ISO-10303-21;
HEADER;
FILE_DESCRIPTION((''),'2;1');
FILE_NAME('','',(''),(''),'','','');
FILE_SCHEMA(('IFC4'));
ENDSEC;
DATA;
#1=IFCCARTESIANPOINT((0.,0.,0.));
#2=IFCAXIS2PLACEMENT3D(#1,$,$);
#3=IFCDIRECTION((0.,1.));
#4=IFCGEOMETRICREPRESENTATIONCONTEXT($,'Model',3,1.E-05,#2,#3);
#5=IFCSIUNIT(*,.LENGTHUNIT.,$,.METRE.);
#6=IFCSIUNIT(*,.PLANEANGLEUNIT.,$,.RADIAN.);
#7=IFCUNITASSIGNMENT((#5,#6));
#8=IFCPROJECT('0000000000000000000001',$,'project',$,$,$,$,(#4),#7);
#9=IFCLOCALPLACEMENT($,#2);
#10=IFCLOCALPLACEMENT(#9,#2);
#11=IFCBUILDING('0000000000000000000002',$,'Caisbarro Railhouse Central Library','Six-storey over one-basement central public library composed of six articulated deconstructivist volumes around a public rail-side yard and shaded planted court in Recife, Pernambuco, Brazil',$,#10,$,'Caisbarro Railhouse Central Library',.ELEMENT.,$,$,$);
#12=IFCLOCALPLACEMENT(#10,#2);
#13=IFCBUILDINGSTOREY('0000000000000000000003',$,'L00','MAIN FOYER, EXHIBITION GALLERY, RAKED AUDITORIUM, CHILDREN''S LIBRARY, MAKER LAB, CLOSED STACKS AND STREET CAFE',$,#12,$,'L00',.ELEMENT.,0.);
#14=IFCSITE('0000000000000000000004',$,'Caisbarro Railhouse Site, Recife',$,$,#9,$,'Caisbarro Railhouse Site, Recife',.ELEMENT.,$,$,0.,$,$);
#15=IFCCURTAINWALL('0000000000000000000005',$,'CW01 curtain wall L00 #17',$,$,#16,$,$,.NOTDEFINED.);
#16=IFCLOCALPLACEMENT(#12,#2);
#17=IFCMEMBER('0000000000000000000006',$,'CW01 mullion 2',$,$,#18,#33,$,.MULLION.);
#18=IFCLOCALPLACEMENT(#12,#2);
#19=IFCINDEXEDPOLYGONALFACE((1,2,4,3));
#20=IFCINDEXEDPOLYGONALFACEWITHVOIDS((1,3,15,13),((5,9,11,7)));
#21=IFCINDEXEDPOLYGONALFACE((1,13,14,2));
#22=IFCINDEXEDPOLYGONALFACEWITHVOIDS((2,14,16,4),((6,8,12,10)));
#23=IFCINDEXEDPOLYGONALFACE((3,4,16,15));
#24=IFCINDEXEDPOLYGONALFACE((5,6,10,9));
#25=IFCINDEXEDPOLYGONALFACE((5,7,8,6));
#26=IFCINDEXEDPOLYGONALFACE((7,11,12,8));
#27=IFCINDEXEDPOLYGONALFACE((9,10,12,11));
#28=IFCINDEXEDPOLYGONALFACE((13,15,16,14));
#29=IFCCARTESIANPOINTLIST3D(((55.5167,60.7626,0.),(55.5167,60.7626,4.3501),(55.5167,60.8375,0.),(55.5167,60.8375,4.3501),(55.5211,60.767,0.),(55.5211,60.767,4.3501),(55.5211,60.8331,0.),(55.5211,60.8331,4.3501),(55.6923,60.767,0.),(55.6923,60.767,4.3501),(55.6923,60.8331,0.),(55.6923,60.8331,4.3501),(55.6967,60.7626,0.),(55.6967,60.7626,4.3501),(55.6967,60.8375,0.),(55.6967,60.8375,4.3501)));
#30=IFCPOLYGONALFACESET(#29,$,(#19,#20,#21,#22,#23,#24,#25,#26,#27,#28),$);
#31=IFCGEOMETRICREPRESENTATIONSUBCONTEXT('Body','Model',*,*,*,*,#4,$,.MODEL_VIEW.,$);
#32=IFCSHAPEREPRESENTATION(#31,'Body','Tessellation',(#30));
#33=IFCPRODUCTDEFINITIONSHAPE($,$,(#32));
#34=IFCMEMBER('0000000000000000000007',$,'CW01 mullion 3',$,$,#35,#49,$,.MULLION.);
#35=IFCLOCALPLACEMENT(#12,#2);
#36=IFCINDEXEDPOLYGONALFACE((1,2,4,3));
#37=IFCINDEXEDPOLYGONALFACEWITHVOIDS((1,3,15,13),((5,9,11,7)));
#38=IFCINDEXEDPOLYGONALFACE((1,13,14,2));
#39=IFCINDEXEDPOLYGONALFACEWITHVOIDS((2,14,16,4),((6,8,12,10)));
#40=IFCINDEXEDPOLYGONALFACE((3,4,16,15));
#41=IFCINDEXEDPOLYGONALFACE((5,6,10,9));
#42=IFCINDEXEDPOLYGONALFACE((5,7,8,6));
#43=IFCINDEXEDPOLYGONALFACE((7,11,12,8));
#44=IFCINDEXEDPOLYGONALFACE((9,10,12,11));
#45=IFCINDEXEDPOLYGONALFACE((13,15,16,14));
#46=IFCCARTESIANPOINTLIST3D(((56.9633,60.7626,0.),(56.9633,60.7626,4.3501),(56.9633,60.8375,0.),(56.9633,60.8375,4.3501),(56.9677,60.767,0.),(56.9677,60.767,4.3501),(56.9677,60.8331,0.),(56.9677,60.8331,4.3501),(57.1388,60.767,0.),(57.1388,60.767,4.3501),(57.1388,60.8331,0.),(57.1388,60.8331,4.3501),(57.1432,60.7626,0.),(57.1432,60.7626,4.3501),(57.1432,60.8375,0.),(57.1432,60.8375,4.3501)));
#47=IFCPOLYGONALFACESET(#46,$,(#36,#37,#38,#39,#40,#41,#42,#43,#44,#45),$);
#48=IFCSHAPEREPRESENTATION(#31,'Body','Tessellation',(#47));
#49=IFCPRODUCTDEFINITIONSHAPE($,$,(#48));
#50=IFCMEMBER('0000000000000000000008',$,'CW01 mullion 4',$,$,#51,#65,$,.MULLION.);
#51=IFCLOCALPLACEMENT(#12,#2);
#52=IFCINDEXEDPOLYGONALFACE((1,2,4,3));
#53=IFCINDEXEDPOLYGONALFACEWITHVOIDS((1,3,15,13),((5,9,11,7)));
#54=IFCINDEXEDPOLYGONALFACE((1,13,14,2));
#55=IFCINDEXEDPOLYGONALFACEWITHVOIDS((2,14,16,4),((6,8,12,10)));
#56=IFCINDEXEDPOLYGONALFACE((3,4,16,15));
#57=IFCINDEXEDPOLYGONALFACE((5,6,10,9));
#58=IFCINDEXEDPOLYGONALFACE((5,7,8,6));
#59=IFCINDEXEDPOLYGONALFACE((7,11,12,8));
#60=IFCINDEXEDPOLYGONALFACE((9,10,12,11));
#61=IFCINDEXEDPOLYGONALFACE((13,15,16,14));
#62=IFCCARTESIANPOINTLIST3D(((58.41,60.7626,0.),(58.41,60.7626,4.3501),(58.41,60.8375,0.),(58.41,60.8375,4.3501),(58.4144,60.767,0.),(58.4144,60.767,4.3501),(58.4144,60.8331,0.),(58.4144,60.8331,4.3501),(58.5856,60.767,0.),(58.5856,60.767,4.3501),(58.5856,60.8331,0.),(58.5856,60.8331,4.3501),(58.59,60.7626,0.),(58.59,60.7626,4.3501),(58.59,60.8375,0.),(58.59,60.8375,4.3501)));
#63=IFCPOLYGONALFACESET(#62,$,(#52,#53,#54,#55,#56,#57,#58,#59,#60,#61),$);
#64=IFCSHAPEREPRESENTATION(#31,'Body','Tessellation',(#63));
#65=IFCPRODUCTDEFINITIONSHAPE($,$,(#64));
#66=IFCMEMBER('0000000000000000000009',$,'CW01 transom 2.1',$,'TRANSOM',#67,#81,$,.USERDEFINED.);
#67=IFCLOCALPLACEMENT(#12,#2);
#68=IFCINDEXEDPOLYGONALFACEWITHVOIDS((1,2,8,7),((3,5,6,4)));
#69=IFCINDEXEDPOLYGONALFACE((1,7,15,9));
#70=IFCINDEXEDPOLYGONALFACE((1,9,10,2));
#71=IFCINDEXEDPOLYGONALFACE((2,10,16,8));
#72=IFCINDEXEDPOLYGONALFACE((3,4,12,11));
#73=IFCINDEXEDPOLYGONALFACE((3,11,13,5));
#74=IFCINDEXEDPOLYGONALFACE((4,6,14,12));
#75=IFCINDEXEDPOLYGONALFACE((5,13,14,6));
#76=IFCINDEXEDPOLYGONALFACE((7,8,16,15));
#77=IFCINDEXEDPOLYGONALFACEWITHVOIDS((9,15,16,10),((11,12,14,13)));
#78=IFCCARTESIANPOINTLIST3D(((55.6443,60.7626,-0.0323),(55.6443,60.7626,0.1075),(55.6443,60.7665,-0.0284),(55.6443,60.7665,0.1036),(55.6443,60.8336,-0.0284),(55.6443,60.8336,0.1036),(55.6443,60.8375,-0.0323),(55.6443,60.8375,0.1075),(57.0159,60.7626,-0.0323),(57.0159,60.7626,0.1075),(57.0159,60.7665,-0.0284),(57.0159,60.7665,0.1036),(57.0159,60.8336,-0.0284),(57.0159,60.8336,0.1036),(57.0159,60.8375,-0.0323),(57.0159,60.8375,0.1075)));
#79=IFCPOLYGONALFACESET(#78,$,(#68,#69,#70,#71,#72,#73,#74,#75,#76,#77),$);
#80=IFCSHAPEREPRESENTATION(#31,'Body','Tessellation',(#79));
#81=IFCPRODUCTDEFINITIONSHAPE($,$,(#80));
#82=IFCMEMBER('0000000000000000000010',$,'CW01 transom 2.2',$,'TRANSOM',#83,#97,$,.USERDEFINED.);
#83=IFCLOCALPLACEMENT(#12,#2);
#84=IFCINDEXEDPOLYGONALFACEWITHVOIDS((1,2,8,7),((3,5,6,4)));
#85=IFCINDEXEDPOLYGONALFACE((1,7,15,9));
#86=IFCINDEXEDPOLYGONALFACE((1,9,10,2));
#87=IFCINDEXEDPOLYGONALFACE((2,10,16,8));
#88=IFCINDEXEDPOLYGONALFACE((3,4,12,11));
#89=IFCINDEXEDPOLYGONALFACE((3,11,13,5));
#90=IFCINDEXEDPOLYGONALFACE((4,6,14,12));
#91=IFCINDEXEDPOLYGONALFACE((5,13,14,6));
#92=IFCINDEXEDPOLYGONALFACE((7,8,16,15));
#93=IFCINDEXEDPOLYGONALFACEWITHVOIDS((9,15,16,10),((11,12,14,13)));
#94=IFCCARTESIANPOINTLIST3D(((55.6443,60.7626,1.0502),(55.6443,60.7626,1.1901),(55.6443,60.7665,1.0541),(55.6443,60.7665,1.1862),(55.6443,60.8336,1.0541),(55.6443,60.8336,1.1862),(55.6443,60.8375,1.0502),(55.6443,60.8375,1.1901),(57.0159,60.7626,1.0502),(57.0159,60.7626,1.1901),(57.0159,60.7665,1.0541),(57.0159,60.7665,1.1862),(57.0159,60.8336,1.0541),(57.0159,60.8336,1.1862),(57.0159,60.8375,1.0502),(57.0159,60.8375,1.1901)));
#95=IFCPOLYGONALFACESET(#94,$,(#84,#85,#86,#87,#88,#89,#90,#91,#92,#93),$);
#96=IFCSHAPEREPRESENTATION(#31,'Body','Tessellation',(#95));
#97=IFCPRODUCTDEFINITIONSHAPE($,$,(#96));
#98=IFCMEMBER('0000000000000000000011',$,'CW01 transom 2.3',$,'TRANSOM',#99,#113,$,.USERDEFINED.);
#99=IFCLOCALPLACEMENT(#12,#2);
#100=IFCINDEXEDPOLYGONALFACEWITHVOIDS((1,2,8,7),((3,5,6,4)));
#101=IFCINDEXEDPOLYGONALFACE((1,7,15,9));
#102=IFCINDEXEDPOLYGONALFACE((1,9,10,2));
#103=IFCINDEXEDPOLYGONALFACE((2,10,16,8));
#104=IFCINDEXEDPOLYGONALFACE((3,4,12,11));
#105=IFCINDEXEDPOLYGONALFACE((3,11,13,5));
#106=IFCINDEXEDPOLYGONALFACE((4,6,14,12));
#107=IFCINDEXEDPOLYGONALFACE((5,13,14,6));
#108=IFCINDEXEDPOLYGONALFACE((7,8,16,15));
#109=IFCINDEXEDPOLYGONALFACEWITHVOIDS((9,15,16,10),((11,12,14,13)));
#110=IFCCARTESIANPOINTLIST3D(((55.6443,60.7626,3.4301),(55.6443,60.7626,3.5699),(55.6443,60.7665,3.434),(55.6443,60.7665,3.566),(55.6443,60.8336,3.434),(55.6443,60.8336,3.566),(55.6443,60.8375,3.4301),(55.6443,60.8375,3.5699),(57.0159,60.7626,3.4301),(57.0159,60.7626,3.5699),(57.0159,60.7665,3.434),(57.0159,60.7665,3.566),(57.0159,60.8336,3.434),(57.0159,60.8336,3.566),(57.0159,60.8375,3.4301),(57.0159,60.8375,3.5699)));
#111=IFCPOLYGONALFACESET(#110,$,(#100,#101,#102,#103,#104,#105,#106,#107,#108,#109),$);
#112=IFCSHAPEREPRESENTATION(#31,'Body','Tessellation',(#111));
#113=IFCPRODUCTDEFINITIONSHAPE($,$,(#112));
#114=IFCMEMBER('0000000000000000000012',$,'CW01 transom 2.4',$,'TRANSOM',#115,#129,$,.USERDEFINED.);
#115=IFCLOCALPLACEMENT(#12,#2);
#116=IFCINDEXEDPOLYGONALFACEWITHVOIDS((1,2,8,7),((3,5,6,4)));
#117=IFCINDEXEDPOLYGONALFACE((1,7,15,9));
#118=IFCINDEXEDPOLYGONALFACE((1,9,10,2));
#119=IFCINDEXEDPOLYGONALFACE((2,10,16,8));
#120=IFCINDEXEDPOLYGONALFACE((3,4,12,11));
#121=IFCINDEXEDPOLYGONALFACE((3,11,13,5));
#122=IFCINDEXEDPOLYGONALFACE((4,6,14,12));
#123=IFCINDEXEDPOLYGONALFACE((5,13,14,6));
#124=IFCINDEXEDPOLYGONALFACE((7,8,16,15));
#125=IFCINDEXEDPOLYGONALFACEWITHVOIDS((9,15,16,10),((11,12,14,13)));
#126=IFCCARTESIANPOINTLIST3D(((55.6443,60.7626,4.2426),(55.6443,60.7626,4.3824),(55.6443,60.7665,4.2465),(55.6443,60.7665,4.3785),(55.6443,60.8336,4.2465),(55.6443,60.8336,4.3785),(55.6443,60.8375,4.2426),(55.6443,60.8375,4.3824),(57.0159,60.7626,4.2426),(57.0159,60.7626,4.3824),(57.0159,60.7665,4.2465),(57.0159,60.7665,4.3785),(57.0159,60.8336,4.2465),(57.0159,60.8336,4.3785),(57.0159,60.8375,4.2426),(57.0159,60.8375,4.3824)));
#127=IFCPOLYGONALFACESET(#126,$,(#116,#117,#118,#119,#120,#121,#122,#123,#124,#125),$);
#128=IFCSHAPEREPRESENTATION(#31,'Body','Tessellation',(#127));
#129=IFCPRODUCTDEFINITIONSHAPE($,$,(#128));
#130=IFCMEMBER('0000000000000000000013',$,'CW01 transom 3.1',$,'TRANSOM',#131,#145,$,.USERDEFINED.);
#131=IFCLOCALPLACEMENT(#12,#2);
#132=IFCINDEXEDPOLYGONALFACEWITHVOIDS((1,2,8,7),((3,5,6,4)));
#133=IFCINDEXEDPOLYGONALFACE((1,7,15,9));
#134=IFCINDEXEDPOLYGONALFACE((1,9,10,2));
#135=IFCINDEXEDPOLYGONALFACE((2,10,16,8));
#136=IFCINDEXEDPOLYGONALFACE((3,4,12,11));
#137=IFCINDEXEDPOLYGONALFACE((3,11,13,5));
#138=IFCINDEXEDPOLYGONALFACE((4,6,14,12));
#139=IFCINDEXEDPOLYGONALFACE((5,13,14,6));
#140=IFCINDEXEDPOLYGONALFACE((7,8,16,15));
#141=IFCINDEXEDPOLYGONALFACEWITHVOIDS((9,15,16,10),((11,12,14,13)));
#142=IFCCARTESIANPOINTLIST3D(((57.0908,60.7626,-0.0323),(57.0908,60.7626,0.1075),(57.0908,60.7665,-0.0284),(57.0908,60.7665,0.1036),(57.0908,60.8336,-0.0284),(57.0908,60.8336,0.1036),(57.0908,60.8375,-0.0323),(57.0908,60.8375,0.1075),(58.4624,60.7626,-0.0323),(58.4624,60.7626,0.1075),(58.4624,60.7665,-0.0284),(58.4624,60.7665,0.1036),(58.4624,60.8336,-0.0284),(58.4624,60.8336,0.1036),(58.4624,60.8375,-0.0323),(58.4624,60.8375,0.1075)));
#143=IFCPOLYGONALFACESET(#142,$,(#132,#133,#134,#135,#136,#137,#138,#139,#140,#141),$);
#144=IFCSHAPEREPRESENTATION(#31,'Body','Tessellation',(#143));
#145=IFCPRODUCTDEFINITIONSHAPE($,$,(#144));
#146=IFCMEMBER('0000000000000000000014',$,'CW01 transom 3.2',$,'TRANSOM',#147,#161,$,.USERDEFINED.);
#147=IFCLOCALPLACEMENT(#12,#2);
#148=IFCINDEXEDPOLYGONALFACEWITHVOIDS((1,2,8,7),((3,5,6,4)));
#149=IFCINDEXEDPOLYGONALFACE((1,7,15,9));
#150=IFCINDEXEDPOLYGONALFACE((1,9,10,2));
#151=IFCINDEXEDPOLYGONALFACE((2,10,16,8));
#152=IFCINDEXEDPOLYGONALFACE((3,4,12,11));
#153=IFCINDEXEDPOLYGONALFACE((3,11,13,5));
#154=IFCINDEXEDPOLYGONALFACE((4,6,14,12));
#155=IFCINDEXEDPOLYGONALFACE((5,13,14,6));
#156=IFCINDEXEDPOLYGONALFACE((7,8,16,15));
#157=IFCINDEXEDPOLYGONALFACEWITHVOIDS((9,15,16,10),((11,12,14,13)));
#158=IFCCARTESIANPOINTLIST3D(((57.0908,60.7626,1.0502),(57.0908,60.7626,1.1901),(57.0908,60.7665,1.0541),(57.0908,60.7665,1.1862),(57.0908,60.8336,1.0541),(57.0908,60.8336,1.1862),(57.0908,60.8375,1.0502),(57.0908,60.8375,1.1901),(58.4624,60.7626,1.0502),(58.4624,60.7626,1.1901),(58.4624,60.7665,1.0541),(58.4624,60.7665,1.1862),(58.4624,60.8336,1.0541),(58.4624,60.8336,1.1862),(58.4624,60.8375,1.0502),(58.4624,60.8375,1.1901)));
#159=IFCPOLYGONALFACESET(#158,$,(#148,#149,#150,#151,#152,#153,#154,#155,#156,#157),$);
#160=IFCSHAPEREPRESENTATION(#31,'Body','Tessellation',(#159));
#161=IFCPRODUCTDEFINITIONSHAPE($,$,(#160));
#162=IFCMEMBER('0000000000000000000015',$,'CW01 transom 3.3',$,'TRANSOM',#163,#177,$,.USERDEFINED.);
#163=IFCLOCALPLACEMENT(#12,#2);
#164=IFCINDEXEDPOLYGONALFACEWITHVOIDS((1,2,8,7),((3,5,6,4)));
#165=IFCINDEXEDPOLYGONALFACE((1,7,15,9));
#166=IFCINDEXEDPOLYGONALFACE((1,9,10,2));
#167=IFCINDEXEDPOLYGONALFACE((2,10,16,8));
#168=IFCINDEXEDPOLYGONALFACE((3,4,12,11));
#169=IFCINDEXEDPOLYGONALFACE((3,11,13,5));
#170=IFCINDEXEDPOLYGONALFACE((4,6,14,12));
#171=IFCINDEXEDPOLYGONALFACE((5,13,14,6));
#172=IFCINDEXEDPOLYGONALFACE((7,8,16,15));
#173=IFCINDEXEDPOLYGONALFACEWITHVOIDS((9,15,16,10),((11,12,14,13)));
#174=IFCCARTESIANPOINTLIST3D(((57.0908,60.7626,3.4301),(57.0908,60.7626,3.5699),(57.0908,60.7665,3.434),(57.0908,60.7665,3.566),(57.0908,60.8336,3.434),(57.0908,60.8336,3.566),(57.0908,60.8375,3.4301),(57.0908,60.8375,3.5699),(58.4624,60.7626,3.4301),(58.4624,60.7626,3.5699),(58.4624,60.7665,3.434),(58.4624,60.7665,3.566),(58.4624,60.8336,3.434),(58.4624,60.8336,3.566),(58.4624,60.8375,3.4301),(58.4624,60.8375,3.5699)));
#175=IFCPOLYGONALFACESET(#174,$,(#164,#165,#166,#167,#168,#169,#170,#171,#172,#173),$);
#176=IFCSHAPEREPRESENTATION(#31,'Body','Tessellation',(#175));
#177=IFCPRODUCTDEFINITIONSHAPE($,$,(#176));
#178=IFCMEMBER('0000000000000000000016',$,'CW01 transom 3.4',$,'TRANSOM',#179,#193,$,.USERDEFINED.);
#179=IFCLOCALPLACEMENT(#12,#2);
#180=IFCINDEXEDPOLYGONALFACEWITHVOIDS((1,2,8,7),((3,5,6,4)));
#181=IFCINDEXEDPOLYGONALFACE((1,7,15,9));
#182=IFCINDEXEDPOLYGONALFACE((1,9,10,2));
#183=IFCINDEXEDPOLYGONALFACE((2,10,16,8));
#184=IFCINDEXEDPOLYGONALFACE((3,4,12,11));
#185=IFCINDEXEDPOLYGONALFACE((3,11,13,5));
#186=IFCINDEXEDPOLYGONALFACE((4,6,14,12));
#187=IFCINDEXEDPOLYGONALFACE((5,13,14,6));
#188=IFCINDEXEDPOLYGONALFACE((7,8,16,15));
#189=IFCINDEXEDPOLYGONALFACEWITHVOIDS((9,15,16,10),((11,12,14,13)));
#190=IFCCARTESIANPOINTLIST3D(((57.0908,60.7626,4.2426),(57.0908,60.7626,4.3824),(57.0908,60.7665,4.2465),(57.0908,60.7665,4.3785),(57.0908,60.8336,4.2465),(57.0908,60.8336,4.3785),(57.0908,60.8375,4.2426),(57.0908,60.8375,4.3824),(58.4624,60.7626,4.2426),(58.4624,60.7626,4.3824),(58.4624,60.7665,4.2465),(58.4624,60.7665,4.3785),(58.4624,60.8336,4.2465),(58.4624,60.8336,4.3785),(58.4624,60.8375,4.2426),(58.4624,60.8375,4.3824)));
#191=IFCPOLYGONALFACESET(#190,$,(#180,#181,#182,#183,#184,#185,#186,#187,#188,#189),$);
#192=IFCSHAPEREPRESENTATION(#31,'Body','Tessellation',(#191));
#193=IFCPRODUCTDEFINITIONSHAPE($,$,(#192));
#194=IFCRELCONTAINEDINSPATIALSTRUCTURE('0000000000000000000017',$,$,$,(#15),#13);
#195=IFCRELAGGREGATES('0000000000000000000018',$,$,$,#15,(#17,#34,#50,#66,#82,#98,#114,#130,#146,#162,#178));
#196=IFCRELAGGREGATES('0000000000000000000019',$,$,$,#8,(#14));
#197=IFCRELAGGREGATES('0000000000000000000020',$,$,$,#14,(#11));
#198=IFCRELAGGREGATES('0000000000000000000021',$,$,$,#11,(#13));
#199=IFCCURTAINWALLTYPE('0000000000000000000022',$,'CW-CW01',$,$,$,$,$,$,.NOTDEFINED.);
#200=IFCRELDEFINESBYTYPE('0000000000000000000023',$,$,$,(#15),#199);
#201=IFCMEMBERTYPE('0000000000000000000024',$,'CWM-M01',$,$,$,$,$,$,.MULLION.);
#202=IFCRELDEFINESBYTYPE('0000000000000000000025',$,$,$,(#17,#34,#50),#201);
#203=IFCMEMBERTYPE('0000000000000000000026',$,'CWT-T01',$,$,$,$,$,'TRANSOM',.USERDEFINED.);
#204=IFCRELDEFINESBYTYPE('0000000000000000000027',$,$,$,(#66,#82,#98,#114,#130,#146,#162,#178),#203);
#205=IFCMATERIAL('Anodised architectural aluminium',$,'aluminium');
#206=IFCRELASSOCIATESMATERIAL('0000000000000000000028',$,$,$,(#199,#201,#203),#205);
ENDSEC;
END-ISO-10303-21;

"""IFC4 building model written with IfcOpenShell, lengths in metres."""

from ifc_helpers import new_model, si_unit, direction, frame, origin, origin_2d, place, context, subcontext, project, spatial, hollow_rectangle, extrude, material, material_profile, profile_set, type_object, element, aggregate, save


model = new_model("IFC4")

# Units and contexts
model_context = context("Model", 3, precision=1e-05, world=origin(), true_north=direction((0.0, 1.0)))
body_context = subcontext(model_context, "Body", "Model", "MODEL_VIEW")
ifc_project = project(units=[si_unit("LENGTHUNIT", "METRE"), si_unit("PLANEANGLEUNIT", "RADIAN")], contexts=[model_context])

# Site, building, storey
site_placement = place(None, origin())
site = spatial("IfcSite", under=ifc_project, at=site_placement, Name="Caisbarro Railhouse Site, Recife", LongName="Caisbarro Railhouse Site, Recife", CompositionType="ELEMENT", RefElevation=0.0)
building_placement = place(site_placement, origin())
building = spatial("IfcBuilding", under=site, at=building_placement, Name="Caisbarro Railhouse Central Library", Description="Six-storey over one-basement central public library composed of six articulated deconstructivist volumes around a public rail-side yard and shaded planted court in Recife, Pernambuco, Brazil", LongName="Caisbarro Railhouse Central Library", CompositionType="ELEMENT")
storey_placement = place(building_placement, origin())
storey = spatial("IfcBuildingStorey", under=building, at=storey_placement, Name="L00", Description="MAIN FOYER, EXHIBITION GALLERY, RAKED AUDITORIUM, CHILDREN'S LIBRARY, MAKER LAB, CLOSED STACKS AND STREET CAFE", LongName="L00", CompositionType="ELEMENT", Elevation=0.0)

# Curtain wall, members
ifc_material_1 = material(Name="Anodised architectural aluminium", Category="aluminium")
curtain_wall_type = type_object("IfcCurtainWallType", Name="CW-CW01", PredefinedType="NOTDEFINED", material=ifc_material_1)
curtain_wall_placement = place(storey_placement, origin())
curtain_wall = element("IfcCurtainWall", 1, at=curtain_wall_placement, inside=storey, type_object=curtain_wall_type, Name="CW01 curtain wall L00 #17", PredefinedType="NOTDEFINED")
ifc_material_profile_1 = material_profile(ifc_material_1, hollow_rectangle(XDim=0.075, YDim=0.1799, WallThickness=0.0044, at=origin_2d()), Name="ALU-MUL-75X180")
ifc_profile_set_1 = profile_set([ifc_material_profile_1], Name="Anodised architectural aluminium")
member_type_1 = type_object("IfcMemberType", Name="CWM-M01", PredefinedType="MULLION", material=ifc_profile_set_1)
member_1_placement = place(storey_placement, frame((55.6067, 60.8, 0.0), z_axis=(0.0, 0.0, 1.0), x_axis=(0.0, 1.0, 0.0)))
member_1 = element("IfcMember", 2, at=member_1_placement, type_object=member_type_1, Name="CW01 mullion 2", PredefinedType="MULLION", context=body_context, shape_type="SweptSolid", body=[
    extrude(hollow_rectangle(XDim=0.075, YDim=0.1799, WallThickness=0.0044, at=origin_2d()), origin(), (0.0, 0.0, 1.0), 4.3501),
])
member_2_placement = place(storey_placement, frame((57.0532, 60.8, 0.0), z_axis=(0.0, 0.0, 1.0), x_axis=(0.0, 1.0, 0.0)))
member_2 = element("IfcMember", 3, at=member_2_placement, type_object=member_type_1, Name="CW01 mullion 3", PredefinedType="MULLION", context=body_context, shape_type="SweptSolid", body=[
    extrude(hollow_rectangle(XDim=0.075, YDim=0.1799, WallThickness=0.0044, at=origin_2d()), origin(), (0.0, 0.0, 1.0), 4.3501),
])
member_3_placement = place(storey_placement, frame((58.5, 60.8, 0.0), z_axis=(0.0, 0.0, 1.0), x_axis=(0.0, 1.0, 0.0)))
member_3 = element("IfcMember", 4, at=member_3_placement, type_object=member_type_1, Name="CW01 mullion 4", PredefinedType="MULLION", context=body_context, shape_type="SweptSolid", body=[
    extrude(hollow_rectangle(XDim=0.075, YDim=0.1799, WallThickness=0.0044, at=origin_2d()), origin(), (0.0, 0.0, 1.0), 4.3501),
])
ifc_material_profile_2 = material_profile(ifc_material_1, hollow_rectangle(XDim=0.075, YDim=0.1399, WallThickness=0.0039, at=origin_2d()), Name="ALU-TRN-75X140")
ifc_profile_set_2 = profile_set([ifc_material_profile_2], Name="Anodised architectural aluminium")
member_type_2 = type_object("IfcMemberType", Name="CWT-T01", ElementType="TRANSOM", PredefinedType="USERDEFINED", material=ifc_profile_set_2)
member_4_placement = place(storey_placement, frame((55.6443, 60.8, 0.0376), z_axis=(1.0, 0.0, 0.0), x_axis=(0.0, 1.0, 0.0)))
member_4 = element("IfcMember", 5, at=member_4_placement, type_object=member_type_2, Name="CW01 transom 2.1", ObjectType="TRANSOM", PredefinedType="USERDEFINED", context=body_context, shape_type="SweptSolid", body=[
    extrude(hollow_rectangle(XDim=0.075, YDim=0.1399, WallThickness=0.0039, at=origin_2d()), origin(), (0.0, 0.0, 1.0), 1.3716),
])
member_5_placement = place(storey_placement, frame((55.6443, 60.8, 1.1201), z_axis=(1.0, 0.0, 0.0), x_axis=(0.0, 1.0, 0.0)))
member_5 = element("IfcMember", 6, at=member_5_placement, type_object=member_type_2, Name="CW01 transom 2.2", ObjectType="TRANSOM", PredefinedType="USERDEFINED", context=body_context, shape_type="SweptSolid", body=[
    extrude(hollow_rectangle(XDim=0.075, YDim=0.1399, WallThickness=0.0039, at=origin_2d()), origin(), (0.0, 0.0, 1.0), 1.3716),
])
member_6_placement = place(storey_placement, frame((55.6443, 60.8, 3.5), z_axis=(1.0, 0.0, 0.0), x_axis=(0.0, 1.0, 0.0)))
member_6 = element("IfcMember", 7, at=member_6_placement, type_object=member_type_2, Name="CW01 transom 2.3", ObjectType="TRANSOM", PredefinedType="USERDEFINED", context=body_context, shape_type="SweptSolid", body=[
    extrude(hollow_rectangle(XDim=0.075, YDim=0.1399, WallThickness=0.0039, at=origin_2d()), origin(), (0.0, 0.0, 1.0), 1.3716),
])
member_7_placement = place(storey_placement, frame((55.6443, 60.8, 4.3125), z_axis=(1.0, 0.0, 0.0), x_axis=(0.0, 1.0, 0.0)))
member_7 = element("IfcMember", 8, at=member_7_placement, type_object=member_type_2, Name="CW01 transom 2.4", ObjectType="TRANSOM", PredefinedType="USERDEFINED", context=body_context, shape_type="SweptSolid", body=[
    extrude(hollow_rectangle(XDim=0.075, YDim=0.1399, WallThickness=0.0039, at=origin_2d()), origin(), (0.0, 0.0, 1.0), 1.3716),
])
member_8_placement = place(storey_placement, frame((57.0908, 60.8, 0.0376), z_axis=(1.0, 0.0, 0.0), x_axis=(0.0, 1.0, 0.0)))
member_8 = element("IfcMember", 9, at=member_8_placement, type_object=member_type_2, Name="CW01 transom 3.1", ObjectType="TRANSOM", PredefinedType="USERDEFINED", context=body_context, shape_type="SweptSolid", body=[
    extrude(hollow_rectangle(XDim=0.075, YDim=0.1399, WallThickness=0.0039, at=origin_2d()), origin(), (0.0, 0.0, 1.0), 1.3716),
])
member_9_placement = place(storey_placement, frame((57.0908, 60.8, 1.1201), z_axis=(1.0, 0.0, 0.0), x_axis=(0.0, 1.0, 0.0)))
member_9 = element("IfcMember", 10, at=member_9_placement, type_object=member_type_2, Name="CW01 transom 3.2", ObjectType="TRANSOM", PredefinedType="USERDEFINED", context=body_context, shape_type="SweptSolid", body=[
    extrude(hollow_rectangle(XDim=0.075, YDim=0.1399, WallThickness=0.0039, at=origin_2d()), origin(), (0.0, 0.0, 1.0), 1.3716),
])
member_10_placement = place(storey_placement, frame((57.0908, 60.8, 3.5), z_axis=(1.0, 0.0, 0.0), x_axis=(0.0, 1.0, 0.0)))
member_10 = element("IfcMember", 11, at=member_10_placement, type_object=member_type_2, Name="CW01 transom 3.3", ObjectType="TRANSOM", PredefinedType="USERDEFINED", context=body_context, shape_type="SweptSolid", body=[
    extrude(hollow_rectangle(XDim=0.075, YDim=0.1399, WallThickness=0.0039, at=origin_2d()), origin(), (0.0, 0.0, 1.0), 1.3716),
])
member_11_placement = place(storey_placement, frame((57.0908, 60.8, 4.3125), z_axis=(1.0, 0.0, 0.0), x_axis=(0.0, 1.0, 0.0)))
member_11 = element("IfcMember", 12, at=member_11_placement, type_object=member_type_2, Name="CW01 transom 3.4", ObjectType="TRANSOM", PredefinedType="USERDEFINED", context=body_context, shape_type="SweptSolid", body=[
    extrude(hollow_rectangle(XDim=0.075, YDim=0.1399, WallThickness=0.0039, at=origin_2d()), origin(), (0.0, 0.0, 1.0), 1.3716),
])
aggregate(curtain_wall, [member_1, member_2, member_3, member_4, member_5, member_6, member_7, member_8, member_9, member_10, member_11])

save(model, "model.ifc")
